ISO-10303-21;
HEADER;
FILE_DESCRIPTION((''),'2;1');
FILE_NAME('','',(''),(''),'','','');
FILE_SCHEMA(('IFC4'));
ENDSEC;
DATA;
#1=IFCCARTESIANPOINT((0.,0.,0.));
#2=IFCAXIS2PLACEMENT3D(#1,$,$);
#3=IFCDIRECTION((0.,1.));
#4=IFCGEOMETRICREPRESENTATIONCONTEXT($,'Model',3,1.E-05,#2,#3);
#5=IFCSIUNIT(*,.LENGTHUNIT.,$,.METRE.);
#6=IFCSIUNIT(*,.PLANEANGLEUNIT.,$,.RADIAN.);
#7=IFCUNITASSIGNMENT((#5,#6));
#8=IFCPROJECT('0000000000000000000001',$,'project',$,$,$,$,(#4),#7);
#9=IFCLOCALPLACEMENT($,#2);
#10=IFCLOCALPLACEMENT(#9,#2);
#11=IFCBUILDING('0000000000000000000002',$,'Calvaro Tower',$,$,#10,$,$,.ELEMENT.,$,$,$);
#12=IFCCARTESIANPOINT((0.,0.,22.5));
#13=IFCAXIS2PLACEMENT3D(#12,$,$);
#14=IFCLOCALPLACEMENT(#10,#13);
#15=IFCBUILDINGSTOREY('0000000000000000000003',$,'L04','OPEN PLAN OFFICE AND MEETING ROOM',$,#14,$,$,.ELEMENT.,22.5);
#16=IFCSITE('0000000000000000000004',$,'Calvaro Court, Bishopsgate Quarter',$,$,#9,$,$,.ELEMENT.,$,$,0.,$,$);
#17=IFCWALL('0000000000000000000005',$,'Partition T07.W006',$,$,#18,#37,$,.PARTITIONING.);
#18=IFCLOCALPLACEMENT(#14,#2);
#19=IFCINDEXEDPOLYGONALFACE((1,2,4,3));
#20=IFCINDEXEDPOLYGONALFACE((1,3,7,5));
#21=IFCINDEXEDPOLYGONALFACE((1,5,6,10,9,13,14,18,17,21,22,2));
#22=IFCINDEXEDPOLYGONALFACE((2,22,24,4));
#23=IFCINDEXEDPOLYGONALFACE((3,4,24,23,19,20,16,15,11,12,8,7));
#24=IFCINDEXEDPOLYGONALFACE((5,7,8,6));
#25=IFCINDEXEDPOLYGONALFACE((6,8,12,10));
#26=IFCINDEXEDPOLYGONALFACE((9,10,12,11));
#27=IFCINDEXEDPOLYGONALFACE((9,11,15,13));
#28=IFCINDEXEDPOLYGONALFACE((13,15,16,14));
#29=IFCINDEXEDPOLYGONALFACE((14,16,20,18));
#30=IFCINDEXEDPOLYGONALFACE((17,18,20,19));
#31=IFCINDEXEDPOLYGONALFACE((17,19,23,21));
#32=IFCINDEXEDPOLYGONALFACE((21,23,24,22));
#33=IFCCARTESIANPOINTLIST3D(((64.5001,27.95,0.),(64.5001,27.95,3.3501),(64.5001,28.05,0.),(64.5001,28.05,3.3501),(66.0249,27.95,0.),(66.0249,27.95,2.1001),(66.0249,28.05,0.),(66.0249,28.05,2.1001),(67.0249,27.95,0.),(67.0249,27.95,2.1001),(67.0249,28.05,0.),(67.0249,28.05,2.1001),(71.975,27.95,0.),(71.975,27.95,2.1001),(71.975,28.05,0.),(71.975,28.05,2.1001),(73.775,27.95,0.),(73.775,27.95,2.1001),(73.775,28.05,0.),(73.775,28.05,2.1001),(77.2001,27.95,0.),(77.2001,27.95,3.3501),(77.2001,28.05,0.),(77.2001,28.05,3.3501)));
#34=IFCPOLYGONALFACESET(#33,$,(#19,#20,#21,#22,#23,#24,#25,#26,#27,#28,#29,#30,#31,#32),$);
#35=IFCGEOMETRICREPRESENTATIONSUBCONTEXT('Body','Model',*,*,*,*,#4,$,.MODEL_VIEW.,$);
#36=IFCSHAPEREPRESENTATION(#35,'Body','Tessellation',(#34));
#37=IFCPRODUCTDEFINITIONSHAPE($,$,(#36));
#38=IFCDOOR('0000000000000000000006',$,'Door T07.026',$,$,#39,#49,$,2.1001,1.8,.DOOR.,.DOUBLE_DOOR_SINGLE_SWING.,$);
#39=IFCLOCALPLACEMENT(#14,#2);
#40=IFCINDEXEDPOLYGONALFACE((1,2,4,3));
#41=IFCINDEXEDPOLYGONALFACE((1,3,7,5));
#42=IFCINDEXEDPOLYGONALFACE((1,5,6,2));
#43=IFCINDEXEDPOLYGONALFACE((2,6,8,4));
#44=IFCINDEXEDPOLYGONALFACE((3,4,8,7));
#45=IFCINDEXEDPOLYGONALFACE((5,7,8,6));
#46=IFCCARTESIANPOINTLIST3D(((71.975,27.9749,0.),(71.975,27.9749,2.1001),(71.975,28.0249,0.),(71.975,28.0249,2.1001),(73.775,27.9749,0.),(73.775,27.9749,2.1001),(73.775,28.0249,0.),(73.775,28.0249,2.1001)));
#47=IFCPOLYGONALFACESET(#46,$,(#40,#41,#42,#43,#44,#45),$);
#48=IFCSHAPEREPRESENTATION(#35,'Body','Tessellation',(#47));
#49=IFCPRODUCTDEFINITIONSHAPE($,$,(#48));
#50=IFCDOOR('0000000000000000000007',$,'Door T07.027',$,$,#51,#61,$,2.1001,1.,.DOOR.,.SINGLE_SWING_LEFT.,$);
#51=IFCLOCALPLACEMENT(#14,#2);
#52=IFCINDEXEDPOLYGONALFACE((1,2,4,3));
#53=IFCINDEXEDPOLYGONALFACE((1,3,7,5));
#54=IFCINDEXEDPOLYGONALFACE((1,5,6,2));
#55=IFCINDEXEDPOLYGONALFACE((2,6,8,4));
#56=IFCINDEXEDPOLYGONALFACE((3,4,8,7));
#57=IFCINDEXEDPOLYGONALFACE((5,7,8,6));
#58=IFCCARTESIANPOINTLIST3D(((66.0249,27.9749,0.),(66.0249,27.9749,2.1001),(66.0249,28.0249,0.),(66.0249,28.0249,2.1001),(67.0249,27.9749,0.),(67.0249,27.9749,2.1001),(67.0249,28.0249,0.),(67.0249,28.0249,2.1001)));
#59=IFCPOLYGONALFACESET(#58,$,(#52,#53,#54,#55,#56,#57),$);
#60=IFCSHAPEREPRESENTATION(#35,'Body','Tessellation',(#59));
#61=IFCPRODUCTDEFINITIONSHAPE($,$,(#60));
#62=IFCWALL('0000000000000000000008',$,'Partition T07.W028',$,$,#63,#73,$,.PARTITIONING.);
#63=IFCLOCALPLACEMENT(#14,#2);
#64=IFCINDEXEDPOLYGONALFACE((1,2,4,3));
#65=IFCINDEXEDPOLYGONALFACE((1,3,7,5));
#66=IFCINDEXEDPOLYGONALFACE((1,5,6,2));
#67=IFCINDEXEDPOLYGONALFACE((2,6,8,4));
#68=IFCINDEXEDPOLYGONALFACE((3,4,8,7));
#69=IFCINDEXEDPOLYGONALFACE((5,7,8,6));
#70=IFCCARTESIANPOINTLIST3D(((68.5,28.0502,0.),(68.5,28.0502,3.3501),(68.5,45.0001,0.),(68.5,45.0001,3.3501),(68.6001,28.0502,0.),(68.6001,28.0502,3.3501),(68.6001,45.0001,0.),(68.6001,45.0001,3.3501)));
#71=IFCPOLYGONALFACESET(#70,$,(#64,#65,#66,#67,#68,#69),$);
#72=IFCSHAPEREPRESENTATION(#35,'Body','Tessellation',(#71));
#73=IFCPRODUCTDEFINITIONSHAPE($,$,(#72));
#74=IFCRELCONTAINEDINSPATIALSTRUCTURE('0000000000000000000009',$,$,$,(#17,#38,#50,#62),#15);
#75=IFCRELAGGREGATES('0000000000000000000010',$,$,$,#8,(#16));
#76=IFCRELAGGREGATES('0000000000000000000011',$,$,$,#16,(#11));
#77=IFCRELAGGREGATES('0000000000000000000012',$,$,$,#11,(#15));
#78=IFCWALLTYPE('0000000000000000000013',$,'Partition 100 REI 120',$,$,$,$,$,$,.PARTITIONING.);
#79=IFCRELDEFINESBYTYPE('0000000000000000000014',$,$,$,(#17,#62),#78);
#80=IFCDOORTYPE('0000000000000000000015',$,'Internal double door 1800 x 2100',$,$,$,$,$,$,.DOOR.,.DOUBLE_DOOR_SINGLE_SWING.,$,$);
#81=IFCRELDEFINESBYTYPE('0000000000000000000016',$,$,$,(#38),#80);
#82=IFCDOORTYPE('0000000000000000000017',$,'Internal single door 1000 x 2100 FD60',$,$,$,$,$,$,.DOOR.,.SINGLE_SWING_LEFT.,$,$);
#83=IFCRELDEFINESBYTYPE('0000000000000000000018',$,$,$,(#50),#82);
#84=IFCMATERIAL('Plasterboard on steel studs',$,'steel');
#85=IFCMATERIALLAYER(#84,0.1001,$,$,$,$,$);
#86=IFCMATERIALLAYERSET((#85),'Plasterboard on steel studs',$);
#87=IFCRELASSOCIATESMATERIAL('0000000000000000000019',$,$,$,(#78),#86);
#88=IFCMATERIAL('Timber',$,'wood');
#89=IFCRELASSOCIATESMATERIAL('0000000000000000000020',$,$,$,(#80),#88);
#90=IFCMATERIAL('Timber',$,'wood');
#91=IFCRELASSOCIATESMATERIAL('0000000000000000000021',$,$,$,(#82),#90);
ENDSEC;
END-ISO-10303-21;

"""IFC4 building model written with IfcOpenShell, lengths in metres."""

from ifc_helpers import new_model, si_unit, direction, frame, frame_2d, origin, place, context, subcontext, project, spatial, rectangle, extrude, material, layer, layer_set, type_object, element, fill, save


model = new_model("IFC4")

# Units and contexts
model_context = context("Model", 3, precision=1e-05, world=origin(), true_north=direction((0.0, 1.0)))
body_context = subcontext(model_context, "Body", "Model", "MODEL_VIEW")
ifc_project = project(units=[si_unit("LENGTHUNIT", "METRE"), si_unit("PLANEANGLEUNIT", "RADIAN")], contexts=[model_context])

# Site, building, storey
site_placement = place(None, origin())
site = spatial("IfcSite", under=ifc_project, at=site_placement, Name="Calvaro Court, Bishopsgate Quarter", CompositionType="ELEMENT", RefElevation=0.0)
building_placement = place(site_placement, origin())
building = spatial("IfcBuilding", under=site, at=building_placement, Name="Calvaro Tower", CompositionType="ELEMENT")
storey_placement = place(building_placement, frame((0.0, 0.0, 22.5)))
storey = spatial("IfcBuildingStorey", under=building, at=storey_placement, Name="L04", Description="OPEN PLAN OFFICE AND MEETING ROOM", CompositionType="ELEMENT", Elevation=22.5)

# Wall, openings, doors
ifc_material_1 = material(Name="Plasterboard on steel studs", Category="steel")
ifc_layer_1 = layer(ifc_material_1, 0.1001)
ifc_layer_set_1 = layer_set([ifc_layer_1], Name="Plasterboard on steel studs")
wall_type_1 = type_object("IfcWallType", Name="Partition 100 REI 120", PredefinedType="PARTITIONING", material=ifc_layer_set_1)
wall_1_placement = place(storey_placement, frame((64.5, 28.0, 0.0), z_axis=(0.0, 0.0, 1.0), x_axis=(1.0, 0.0, 0.0)))
wall_1 = element("IfcWall", 1, at=wall_1_placement, inside=storey, type_object=wall_type_1, Name="Partition T07.W006", PredefinedType="PARTITIONING", context=body_context, shape_type="SweptSolid", body=[
    extrude(rectangle(XDim=12.7, YDim=0.1001, at=frame_2d((6.3501, 0.0))), origin(), (0.0, 0.0, 1.0), 3.3501),
])
opening_1_placement = place(wall_1_placement, frame((7.4751, 0.0, 0.0)))
opening_1 = element("IfcOpeningElement", 2, at=opening_1_placement, cuts=wall_1, PredefinedType="OPENING", context=body_context, shape_type="SweptSolid", body=[
    extrude(rectangle(XDim=1.8, YDim=2.1001, at=frame_2d((0.8999, 1.05))), frame((0.0, 0.0601, 0.0), z_axis=(0.0, -1.0, 0.0), x_axis=(1.0, 0.0, 0.0)), (0.0, 0.0, 1.0), 0.1201),
])
opening_2_placement = place(wall_1_placement, frame((1.5249, 0.0, 0.0)))
opening_2 = element("IfcOpeningElement", 3, at=opening_2_placement, cuts=wall_1, PredefinedType="OPENING", context=body_context, shape_type="SweptSolid", body=[
    extrude(rectangle(XDim=1.0, YDim=2.1001, at=frame_2d((0.5, 1.05))), frame((0.0, 0.0601, 0.0), z_axis=(0.0, -1.0, 0.0), x_axis=(1.0, 0.0, 0.0)), (0.0, 0.0, 1.0), 0.1201),
])
ifc_material_2 = material(Name="Timber", Category="wood")
door_type_1 = type_object("IfcDoorType", Name="Internal double door 1800 x 2100", OperationType="DOUBLE_DOOR_SINGLE_SWING", PredefinedType="DOOR", material=ifc_material_2)
door_1_placement = place(opening_1_placement, origin())
door_1 = element("IfcDoor", 4, at=door_1_placement, inside=storey, type_object=door_type_1, Name="Door T07.026", OperationType="DOUBLE_DOOR_SINGLE_SWING", OverallHeight=2.1001, OverallWidth=1.8, PredefinedType="DOOR", context=body_context, shape_type="SweptSolid", body=[
    extrude(rectangle(XDim=1.8, YDim=2.1001, at=frame_2d((0.8999, 1.05))), frame((0.0, 0.0249, 0.0), z_axis=(0.0, -1.0, 0.0), x_axis=(1.0, 0.0, 0.0)), (0.0, 0.0, 1.0), 0.05),
])
fill(opening_1, door_1)
ifc_material_3 = material(Name="Timber", Category="wood")
door_type_2 = type_object("IfcDoorType", Name="Internal single door 1000 x 2100 FD60", OperationType="SINGLE_SWING_LEFT", PredefinedType="DOOR", material=ifc_material_3)
door_2_placement = place(opening_2_placement, origin())
door_2 = element("IfcDoor", 5, at=door_2_placement, inside=storey, type_object=door_type_2, Name="Door T07.027", OperationType="SINGLE_SWING_LEFT", OverallHeight=2.1001, OverallWidth=1.0, PredefinedType="DOOR", context=body_context, shape_type="SweptSolid", body=[
    extrude(rectangle(XDim=1.0, YDim=2.1001, at=frame_2d((0.5, 1.05))), frame((0.0, 0.0249, 0.0), z_axis=(0.0, -1.0, 0.0), x_axis=(1.0, 0.0, 0.0)), (0.0, 0.0, 1.0), 0.05),
])
fill(opening_2, door_2)

# Wall
wall_2_placement = place(storey_placement, frame((68.55, 28.05, 0.0), z_axis=(0.0, 0.0, 1.0), x_axis=(0.0, 1.0, 0.0)))
element("IfcWall", 6, at=wall_2_placement, inside=storey, type_object=wall_type_1, Name="Partition T07.W028", PredefinedType="PARTITIONING", context=body_context, shape_type="SweptSolid", body=[
    extrude(rectangle(XDim=16.95, YDim=0.1001, at=frame_2d((8.4751, 0.0))), origin(), (0.0, 0.0, 1.0), 3.3501),
])

save(model, "model.ifc")
